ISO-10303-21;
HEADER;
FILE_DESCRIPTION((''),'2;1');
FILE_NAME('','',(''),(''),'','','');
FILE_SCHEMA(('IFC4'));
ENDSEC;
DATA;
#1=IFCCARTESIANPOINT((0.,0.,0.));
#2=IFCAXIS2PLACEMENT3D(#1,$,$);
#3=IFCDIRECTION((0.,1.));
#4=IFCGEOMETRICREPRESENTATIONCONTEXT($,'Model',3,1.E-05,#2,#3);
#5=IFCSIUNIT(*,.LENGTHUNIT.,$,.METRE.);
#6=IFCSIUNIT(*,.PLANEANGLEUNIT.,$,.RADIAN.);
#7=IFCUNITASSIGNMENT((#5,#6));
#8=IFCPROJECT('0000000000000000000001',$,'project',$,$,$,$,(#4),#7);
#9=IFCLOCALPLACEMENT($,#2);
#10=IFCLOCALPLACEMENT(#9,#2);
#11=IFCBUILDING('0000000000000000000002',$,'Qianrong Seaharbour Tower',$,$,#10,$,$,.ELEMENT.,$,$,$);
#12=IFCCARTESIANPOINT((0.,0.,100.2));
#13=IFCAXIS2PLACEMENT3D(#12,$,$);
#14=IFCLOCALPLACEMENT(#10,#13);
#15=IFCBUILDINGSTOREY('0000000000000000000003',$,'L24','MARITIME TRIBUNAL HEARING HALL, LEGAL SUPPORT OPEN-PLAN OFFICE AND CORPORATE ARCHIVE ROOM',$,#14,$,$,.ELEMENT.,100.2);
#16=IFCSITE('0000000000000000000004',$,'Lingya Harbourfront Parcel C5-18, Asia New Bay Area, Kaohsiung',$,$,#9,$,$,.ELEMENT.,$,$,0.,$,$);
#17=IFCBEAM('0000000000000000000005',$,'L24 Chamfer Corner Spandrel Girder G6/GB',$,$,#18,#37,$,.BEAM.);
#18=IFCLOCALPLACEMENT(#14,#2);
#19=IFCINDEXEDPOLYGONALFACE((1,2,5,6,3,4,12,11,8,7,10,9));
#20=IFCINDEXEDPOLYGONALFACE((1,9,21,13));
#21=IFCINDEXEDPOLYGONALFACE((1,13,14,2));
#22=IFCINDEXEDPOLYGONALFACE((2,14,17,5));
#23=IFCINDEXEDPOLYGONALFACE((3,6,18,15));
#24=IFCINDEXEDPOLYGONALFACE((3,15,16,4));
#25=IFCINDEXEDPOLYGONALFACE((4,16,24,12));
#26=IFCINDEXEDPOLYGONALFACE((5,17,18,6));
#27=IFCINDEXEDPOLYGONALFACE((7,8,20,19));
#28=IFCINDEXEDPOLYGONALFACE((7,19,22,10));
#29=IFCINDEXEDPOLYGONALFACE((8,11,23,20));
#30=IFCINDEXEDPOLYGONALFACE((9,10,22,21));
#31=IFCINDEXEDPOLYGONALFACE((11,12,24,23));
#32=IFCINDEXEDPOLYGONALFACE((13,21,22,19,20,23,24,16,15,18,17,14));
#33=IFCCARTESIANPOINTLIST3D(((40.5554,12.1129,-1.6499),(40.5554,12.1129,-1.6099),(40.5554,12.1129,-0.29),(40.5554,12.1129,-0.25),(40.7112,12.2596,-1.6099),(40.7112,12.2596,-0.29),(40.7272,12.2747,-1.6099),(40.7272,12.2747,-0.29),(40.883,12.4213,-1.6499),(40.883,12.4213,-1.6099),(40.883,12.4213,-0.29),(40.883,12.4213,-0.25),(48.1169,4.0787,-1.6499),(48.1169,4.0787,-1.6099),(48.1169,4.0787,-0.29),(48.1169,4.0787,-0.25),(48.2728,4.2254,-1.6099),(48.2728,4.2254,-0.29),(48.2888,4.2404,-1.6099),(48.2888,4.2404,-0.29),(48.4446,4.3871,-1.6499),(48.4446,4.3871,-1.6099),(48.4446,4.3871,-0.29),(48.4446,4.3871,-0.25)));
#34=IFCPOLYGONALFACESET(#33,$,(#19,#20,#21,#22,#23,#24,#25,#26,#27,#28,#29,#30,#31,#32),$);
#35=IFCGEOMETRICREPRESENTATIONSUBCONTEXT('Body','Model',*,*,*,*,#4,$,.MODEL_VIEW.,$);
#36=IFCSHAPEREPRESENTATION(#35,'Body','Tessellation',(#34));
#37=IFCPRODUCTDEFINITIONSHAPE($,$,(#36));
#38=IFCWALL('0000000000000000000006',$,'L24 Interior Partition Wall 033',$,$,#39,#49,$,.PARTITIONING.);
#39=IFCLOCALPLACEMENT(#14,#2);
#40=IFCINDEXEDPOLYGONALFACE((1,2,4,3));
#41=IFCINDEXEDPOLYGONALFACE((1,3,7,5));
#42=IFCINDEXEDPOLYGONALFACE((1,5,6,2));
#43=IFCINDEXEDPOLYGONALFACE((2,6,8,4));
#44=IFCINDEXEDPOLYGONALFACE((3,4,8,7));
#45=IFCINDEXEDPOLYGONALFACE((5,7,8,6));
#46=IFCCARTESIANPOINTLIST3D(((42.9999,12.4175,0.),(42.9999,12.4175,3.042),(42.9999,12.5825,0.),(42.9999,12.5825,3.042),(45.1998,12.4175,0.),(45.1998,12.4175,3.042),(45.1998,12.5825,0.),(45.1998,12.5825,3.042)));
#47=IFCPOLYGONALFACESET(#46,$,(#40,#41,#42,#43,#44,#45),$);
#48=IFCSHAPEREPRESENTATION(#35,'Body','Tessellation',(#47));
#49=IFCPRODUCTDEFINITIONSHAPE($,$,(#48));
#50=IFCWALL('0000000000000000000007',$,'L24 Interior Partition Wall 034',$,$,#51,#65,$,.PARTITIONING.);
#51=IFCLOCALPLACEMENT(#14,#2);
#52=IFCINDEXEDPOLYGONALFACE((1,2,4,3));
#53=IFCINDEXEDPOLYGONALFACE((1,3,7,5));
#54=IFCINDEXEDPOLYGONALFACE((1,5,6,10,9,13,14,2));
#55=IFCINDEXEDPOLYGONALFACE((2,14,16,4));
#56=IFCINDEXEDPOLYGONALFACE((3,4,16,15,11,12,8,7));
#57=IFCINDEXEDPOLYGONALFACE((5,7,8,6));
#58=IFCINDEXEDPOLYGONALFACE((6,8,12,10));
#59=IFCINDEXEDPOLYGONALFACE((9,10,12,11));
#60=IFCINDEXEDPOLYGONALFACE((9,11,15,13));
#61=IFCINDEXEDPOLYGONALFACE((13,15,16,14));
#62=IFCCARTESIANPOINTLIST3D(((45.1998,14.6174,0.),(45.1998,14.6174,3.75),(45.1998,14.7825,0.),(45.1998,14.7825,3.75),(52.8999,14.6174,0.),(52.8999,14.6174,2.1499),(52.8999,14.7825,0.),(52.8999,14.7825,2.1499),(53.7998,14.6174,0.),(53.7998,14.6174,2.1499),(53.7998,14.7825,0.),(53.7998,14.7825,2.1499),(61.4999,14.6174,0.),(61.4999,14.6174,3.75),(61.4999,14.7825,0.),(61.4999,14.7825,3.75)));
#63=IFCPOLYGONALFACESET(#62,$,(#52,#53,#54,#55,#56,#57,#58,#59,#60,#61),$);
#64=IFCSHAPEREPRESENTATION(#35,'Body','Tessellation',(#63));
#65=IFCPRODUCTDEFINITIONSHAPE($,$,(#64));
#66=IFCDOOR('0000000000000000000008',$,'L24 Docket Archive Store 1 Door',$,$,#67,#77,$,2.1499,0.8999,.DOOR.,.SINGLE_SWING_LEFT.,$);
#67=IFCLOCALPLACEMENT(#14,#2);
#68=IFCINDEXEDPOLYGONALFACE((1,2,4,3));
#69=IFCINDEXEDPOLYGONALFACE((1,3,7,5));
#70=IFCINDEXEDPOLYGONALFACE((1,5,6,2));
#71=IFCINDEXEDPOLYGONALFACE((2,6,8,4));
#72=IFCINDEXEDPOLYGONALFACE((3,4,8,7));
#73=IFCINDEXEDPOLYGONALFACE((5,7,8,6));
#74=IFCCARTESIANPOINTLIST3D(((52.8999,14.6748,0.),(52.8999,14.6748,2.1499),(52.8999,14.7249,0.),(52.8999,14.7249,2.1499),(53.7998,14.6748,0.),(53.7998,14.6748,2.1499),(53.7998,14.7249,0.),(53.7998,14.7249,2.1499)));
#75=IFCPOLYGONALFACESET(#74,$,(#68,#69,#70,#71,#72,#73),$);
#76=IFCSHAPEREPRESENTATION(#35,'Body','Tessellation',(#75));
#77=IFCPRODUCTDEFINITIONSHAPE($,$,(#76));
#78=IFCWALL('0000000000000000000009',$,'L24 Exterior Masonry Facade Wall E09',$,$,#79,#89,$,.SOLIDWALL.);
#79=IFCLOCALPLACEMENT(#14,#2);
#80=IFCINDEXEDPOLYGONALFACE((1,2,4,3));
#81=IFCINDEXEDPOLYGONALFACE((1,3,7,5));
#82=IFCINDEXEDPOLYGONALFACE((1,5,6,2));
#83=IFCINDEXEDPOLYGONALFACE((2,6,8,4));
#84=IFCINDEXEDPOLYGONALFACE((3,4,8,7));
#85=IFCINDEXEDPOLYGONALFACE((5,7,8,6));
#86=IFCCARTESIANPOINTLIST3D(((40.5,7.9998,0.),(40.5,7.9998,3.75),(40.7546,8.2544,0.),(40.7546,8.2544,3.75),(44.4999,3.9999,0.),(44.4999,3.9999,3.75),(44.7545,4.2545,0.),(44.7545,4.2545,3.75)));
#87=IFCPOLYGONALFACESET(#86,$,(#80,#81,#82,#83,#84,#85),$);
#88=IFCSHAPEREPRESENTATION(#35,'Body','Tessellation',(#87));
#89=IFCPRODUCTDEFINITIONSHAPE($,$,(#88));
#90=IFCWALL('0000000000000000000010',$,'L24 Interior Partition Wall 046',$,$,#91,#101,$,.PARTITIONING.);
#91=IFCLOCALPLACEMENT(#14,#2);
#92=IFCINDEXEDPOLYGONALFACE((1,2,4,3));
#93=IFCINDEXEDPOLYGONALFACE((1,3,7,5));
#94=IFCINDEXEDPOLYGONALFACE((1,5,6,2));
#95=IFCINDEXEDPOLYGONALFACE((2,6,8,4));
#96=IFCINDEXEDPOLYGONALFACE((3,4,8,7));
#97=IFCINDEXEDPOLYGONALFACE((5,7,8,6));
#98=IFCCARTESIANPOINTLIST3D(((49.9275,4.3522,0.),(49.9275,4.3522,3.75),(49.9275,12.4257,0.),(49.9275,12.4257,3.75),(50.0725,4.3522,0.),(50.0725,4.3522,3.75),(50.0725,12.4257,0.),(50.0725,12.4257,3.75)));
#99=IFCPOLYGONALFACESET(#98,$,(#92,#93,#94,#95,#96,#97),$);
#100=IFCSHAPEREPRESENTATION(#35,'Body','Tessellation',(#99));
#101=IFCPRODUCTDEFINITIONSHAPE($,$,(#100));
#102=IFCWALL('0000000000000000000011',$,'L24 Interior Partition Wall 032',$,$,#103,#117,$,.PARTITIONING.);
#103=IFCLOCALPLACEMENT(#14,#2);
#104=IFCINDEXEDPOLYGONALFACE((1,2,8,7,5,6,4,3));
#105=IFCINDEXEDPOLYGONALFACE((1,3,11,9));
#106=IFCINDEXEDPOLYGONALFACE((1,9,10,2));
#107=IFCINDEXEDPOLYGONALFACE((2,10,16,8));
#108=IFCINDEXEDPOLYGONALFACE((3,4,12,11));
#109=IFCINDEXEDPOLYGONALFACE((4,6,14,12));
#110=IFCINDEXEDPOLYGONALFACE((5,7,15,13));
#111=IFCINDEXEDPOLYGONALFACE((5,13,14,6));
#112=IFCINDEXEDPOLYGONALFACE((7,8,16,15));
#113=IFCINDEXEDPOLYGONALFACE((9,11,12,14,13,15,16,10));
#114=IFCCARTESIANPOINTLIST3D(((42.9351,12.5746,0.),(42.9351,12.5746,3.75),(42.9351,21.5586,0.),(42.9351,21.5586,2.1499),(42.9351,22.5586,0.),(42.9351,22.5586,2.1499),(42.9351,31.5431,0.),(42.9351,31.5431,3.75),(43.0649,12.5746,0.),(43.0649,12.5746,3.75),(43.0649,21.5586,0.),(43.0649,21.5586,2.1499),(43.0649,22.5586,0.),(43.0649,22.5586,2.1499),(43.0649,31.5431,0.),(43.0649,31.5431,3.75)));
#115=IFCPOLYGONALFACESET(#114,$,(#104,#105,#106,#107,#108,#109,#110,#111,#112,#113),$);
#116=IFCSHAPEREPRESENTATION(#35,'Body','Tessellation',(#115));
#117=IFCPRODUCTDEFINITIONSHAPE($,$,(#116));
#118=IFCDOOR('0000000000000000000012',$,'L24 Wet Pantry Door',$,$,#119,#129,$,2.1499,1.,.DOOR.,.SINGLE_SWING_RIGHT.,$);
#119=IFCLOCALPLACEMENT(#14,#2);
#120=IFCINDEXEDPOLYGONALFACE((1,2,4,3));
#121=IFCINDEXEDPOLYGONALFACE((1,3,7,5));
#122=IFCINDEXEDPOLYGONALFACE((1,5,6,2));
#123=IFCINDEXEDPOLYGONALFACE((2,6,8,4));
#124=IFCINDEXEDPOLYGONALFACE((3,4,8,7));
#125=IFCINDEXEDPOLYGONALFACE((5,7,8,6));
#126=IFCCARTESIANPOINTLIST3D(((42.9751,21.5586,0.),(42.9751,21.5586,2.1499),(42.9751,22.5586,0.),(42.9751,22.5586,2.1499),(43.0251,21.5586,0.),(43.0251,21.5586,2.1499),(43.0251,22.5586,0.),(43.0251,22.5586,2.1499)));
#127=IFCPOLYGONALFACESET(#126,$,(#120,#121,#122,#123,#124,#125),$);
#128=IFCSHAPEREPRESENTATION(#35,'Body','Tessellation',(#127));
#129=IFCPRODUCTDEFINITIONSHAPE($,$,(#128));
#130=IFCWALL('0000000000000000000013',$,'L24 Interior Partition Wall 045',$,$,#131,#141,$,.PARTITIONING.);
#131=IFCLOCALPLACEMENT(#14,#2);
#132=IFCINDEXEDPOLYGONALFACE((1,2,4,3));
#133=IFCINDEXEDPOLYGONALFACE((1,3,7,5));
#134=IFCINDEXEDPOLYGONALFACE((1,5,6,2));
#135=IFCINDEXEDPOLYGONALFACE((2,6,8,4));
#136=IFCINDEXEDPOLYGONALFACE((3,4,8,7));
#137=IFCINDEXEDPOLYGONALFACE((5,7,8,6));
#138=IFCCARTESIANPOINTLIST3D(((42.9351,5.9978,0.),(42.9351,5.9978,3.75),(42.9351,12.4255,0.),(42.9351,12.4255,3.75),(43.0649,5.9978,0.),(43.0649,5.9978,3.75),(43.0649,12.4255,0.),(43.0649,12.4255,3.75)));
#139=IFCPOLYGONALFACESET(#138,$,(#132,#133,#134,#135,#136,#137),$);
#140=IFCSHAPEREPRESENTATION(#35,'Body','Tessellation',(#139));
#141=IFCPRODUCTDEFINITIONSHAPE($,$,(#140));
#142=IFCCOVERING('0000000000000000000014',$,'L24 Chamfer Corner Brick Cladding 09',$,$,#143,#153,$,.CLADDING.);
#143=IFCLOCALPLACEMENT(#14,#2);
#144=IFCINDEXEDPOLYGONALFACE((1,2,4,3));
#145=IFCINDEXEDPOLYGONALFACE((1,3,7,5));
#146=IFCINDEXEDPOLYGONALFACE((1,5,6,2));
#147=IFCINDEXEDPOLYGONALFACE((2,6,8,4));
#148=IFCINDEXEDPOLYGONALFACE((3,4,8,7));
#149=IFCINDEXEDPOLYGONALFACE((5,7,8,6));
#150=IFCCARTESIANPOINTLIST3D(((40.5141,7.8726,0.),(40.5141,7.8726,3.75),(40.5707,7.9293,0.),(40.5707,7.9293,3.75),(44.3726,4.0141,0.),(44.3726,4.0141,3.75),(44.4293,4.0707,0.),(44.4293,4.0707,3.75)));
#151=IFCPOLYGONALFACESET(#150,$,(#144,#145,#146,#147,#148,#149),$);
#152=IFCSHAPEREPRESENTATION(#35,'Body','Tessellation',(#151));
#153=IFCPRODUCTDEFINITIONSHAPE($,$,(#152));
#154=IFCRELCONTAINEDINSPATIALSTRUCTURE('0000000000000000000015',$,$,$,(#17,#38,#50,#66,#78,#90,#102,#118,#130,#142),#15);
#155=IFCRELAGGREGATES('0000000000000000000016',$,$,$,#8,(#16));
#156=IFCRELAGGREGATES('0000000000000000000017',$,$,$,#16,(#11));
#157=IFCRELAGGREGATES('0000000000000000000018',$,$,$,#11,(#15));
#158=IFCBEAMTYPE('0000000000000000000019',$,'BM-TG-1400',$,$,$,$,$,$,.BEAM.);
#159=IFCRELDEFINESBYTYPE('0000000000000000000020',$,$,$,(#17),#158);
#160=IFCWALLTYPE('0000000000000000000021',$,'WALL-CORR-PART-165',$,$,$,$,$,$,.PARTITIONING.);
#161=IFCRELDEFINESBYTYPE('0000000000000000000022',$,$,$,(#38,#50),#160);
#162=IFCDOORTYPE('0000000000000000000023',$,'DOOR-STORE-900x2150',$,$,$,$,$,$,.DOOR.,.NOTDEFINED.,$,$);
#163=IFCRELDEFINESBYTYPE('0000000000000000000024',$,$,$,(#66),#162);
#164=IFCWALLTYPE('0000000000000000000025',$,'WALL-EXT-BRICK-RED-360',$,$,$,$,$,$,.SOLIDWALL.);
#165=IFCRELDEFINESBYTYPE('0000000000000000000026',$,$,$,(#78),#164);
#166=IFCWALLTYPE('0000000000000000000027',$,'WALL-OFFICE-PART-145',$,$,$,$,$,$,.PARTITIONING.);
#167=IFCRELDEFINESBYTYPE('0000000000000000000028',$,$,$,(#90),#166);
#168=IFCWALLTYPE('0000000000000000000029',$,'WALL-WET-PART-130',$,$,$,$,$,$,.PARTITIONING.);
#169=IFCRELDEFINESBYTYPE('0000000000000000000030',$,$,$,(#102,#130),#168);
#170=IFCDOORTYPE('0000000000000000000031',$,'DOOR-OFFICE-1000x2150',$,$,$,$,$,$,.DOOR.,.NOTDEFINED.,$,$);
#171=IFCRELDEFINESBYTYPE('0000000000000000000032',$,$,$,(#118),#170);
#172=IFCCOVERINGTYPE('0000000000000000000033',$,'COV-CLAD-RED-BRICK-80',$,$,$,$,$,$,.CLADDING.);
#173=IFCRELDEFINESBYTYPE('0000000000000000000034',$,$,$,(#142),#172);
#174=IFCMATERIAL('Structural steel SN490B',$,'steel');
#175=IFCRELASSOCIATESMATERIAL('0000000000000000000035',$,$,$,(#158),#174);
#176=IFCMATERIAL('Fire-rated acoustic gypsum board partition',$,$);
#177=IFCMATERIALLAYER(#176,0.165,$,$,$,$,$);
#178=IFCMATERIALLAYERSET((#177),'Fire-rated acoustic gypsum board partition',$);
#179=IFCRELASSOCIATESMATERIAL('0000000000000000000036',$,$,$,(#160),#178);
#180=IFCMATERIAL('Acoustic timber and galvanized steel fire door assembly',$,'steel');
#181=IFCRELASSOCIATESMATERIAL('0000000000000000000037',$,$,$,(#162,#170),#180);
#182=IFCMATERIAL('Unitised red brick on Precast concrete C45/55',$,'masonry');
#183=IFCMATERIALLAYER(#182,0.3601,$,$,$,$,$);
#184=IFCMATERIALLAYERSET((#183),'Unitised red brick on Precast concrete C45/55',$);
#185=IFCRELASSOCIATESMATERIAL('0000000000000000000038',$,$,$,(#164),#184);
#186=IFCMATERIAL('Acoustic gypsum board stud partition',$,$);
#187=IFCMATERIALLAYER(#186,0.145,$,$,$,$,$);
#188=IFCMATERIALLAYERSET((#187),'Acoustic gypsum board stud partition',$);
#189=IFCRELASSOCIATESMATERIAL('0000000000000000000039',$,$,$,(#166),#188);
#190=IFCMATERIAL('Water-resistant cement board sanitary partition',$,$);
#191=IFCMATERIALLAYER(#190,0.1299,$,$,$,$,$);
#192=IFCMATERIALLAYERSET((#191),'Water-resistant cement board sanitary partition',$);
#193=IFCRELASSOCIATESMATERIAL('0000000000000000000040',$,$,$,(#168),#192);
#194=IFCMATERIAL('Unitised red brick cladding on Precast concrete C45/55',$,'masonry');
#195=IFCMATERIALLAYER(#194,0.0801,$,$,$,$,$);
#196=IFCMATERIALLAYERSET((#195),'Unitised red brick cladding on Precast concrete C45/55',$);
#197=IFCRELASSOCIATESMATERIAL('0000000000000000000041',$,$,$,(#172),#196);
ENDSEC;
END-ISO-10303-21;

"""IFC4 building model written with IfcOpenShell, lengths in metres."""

from ifc_helpers import new_model, si_unit, direction, frame, frame_2d, origin, origin_2d, place, context, subcontext, project, spatial, rectangle, i_section, extrude, material, layer, layer_set, material_profile, profile_set, type_object, element, fill, save


model = new_model("IFC4")

# Units and contexts
model_context = context("Model", 3, precision=1e-05, world=origin(), true_north=direction((0.0, 1.0)))
body_context = subcontext(model_context, "Body", "Model", "MODEL_VIEW")
ifc_project = project(units=[si_unit("LENGTHUNIT", "METRE"), si_unit("PLANEANGLEUNIT", "RADIAN")], contexts=[model_context])

# Site, building, storey
site_placement = place(None, origin())
site = spatial("IfcSite", under=ifc_project, at=site_placement, Name="Lingya Harbourfront Parcel C5-18, Asia New Bay Area, Kaohsiung", CompositionType="ELEMENT", RefElevation=0.0)
building_placement = place(site_placement, origin())
building = spatial("IfcBuilding", under=site, at=building_placement, Name="Qianrong Seaharbour Tower", CompositionType="ELEMENT")
storey_placement = place(building_placement, frame((0.0, 0.0, 100.2)))
storey = spatial("IfcBuildingStorey", under=building, at=storey_placement, Name="L24", Description="MARITIME TRIBUNAL HEARING HALL, LEGAL SUPPORT OPEN-PLAN OFFICE AND CORPORATE ARCHIVE ROOM", CompositionType="ELEMENT", Elevation=100.2)

# Shared definitions
ifc_material_1 = material(Name="Structural steel SN490B", Category="steel")

# Beam
ifc_material_profile_1 = material_profile(ifc_material_1, i_section(OverallWidth=0.45, OverallDepth=1.3999, WebThickness=0.022, FlangeThickness=0.04, at=origin_2d()), Name="BH1400x450x22x40")
ifc_profile_set_1 = profile_set([ifc_material_profile_1], Name="Structural steel SN490B")
beam_type_1 = type_object("IfcBeamType", Name="BM-TG-1400", PredefinedType="BEAM", material=ifc_profile_set_1)
beam_1_placement = place(storey_placement, frame((48.2808, 4.2329, -0.95), z_axis=(-0.685362, 0.728203, 0.0), x_axis=(-0.728203, -0.685362, 0.0)))
element("IfcBeam", 1, at=beam_1_placement, inside=storey, type_object=beam_type_1, Name="L24 Chamfer Corner Spandrel Girder G6/GB", PredefinedType="BEAM", context=body_context, shape_type="SweptSolid", body=[
    extrude(i_section(OverallWidth=0.45, OverallDepth=1.3999, WebThickness=0.022, FlangeThickness=0.04, at=origin_2d()), origin(), (0.0, 0.0, 1.0), 11.033),
])

# Wall
ifc_material_2 = material(Name="Fire-rated acoustic gypsum board partition")
ifc_layer_1 = layer(ifc_material_2, 0.165)
ifc_layer_set_1 = layer_set([ifc_layer_1], Name="Fire-rated acoustic gypsum board partition")
wall_type_1 = type_object("IfcWallType", Name="WALL-CORR-PART-165", PredefinedType="PARTITIONING", material=ifc_layer_set_1)
wall_1_placement = place(storey_placement, frame((45.2, 12.5, 0.0), z_axis=(0.0, 0.0, 1.0), x_axis=(-1.0, 0.0, 0.0)))
element("IfcWall", 2, at=wall_1_placement, inside=storey, type_object=wall_type_1, Name="L24 Interior Partition Wall 033", PredefinedType="PARTITIONING", context=body_context, shape_type="SweptSolid", body=[
    extrude(rectangle(XDim=2.2, YDim=0.165, at=frame_2d((1.1001, 0.0))), origin(), (0.0, 0.0, 1.0), 3.042),
])

# Wall, opening, door
wall_2_placement = place(storey_placement, frame((45.2, 14.7, 0.0), z_axis=(0.0, 0.0, 1.0), x_axis=(1.0, 0.0, 0.0)))
wall_2 = element("IfcWall", 3, at=wall_2_placement, inside=storey, type_object=wall_type_1, Name="L24 Interior Partition Wall 034", PredefinedType="PARTITIONING", context=body_context, shape_type="SweptSolid", body=[
    extrude(rectangle(XDim=16.3, YDim=0.165, at=frame_2d((8.1499, 0.0))), origin(), (0.0, 0.0, 1.0), 3.75),
])
opening_1_placement = place(wall_2_placement, frame((7.7, 0.0, 0.0)))
opening_1 = element("IfcOpeningElement", 4, at=opening_1_placement, cuts=wall_2, PredefinedType="OPENING", context=body_context, shape_type="SweptSolid", body=[
    extrude(rectangle(XDim=0.8999, YDim=2.1499, at=frame_2d((0.45, 1.075))), frame((0.0, 0.0925, 0.0), z_axis=(0.0, -1.0, 0.0), x_axis=(1.0, 0.0, 0.0)), (0.0, 0.0, 1.0), 0.1851),
])
ifc_material_3 = material(Name="Acoustic timber and galvanized steel fire door assembly", Category="steel")
door_type_1 = type_object("IfcDoorType", Name="DOOR-STORE-900x2150", OperationType="NOTDEFINED", PredefinedType="DOOR", material=ifc_material_3)
door_1_placement = place(opening_1_placement, origin())
door_1 = element("IfcDoor", 5, at=door_1_placement, inside=storey, type_object=door_type_1, Name="L24 Docket Archive Store 1 Door", OperationType="SINGLE_SWING_LEFT", OverallHeight=2.1499, OverallWidth=0.8999, PredefinedType="DOOR", context=body_context, shape_type="SweptSolid", body=[
    extrude(rectangle(XDim=0.8999, YDim=2.1499, at=frame_2d((0.45, 1.075))), frame((0.0, 0.0249, 0.0), z_axis=(0.0, -1.0, 0.0), x_axis=(1.0, 0.0, 0.0)), (0.0, 0.0, 1.0), 0.05),
])
fill(opening_1, door_1)

# Walls
ifc_material_4 = material(Name="Unitised red brick on Precast concrete C45/55", Category="masonry")
ifc_layer_2 = layer(ifc_material_4, 0.3601)
ifc_layer_set_2 = layer_set([ifc_layer_2], Name="Unitised red brick on Precast concrete C45/55")
wall_type_2 = type_object("IfcWallType", Name="WALL-EXT-BRICK-RED-360", PredefinedType="SOLIDWALL", material=ifc_layer_set_2)
wall_3_placement = place(storey_placement, frame((44.6272, 4.1272, 0.0), z_axis=(0.0, 0.0, 1.0), x_axis=(-0.707107, 0.707107, 0.0)))
element("IfcWall", 6, at=wall_3_placement, inside=storey, type_object=wall_type_2, Name="L24 Exterior Masonry Facade Wall E09", PredefinedType="SOLIDWALL", context=body_context, shape_type="SweptSolid", body=[
    extrude(rectangle(XDim=5.6567, YDim=0.3601, at=frame_2d((2.8284, 0.0))), origin(), (0.0, 0.0, 1.0), 3.75),
])
ifc_material_5 = material(Name="Acoustic gypsum board stud partition")
ifc_layer_3 = layer(ifc_material_5, 0.145)
ifc_layer_set_3 = layer_set([ifc_layer_3], Name="Acoustic gypsum board stud partition")
wall_type_3 = type_object("IfcWallType", Name="WALL-OFFICE-PART-145", PredefinedType="PARTITIONING", material=ifc_layer_set_3)
wall_4_placement = place(storey_placement, frame((50.0, 12.4255, 0.0), z_axis=(0.0, 0.0, 1.0), x_axis=(0.0, -1.0, 0.0)))
element("IfcWall", 7, at=wall_4_placement, inside=storey, type_object=wall_type_3, Name="L24 Interior Partition Wall 046", PredefinedType="PARTITIONING", context=body_context, shape_type="SweptSolid", body=[
    extrude(rectangle(XDim=8.0735, YDim=0.145, at=frame_2d((4.0366, 0.0))), origin(), (0.0, 0.0, 1.0), 3.75),
])

# Wall, opening, door
ifc_material_6 = material(Name="Water-resistant cement board sanitary partition")
ifc_layer_4 = layer(ifc_material_6, 0.1299)
ifc_layer_set_4 = layer_set([ifc_layer_4], Name="Water-resistant cement board sanitary partition")
wall_type_4 = type_object("IfcWallType", Name="WALL-WET-PART-130", PredefinedType="PARTITIONING", material=ifc_layer_set_4)
wall_5_placement = place(storey_placement, frame((43.0, 12.5745, 0.0), z_axis=(0.0, 0.0, 1.0), x_axis=(0.0, 1.0, 0.0)))
wall_5 = element("IfcWall", 8, at=wall_5_placement, inside=storey, type_object=wall_type_4, Name="L24 Interior Partition Wall 032", PredefinedType="PARTITIONING", context=body_context, shape_type="SweptSolid", body=[
    extrude(rectangle(XDim=18.9685, YDim=0.1299, at=frame_2d((9.4844, 0.0))), origin(), (0.0, 0.0, 1.0), 3.75),
])
opening_2_placement = place(wall_5_placement, frame((8.9841, 0.0, 0.0)))
opening_2 = element("IfcOpeningElement", 9, at=opening_2_placement, cuts=wall_5, PredefinedType="OPENING", context=body_context, shape_type="SweptSolid", body=[
    extrude(rectangle(XDim=1.0, YDim=2.1499, at=frame_2d((0.5, 1.075))), frame((0.0, 0.075, 0.0), z_axis=(0.0, -1.0, 0.0), x_axis=(1.0, 0.0, 0.0)), (0.0, 0.0, 1.0), 0.1499),
])
door_type_2 = type_object("IfcDoorType", Name="DOOR-OFFICE-1000x2150", OperationType="NOTDEFINED", PredefinedType="DOOR", material=ifc_material_3)
door_2_placement = place(opening_2_placement, origin())
door_2 = element("IfcDoor", 10, at=door_2_placement, inside=storey, type_object=door_type_2, Name="L24 Wet Pantry Door", OperationType="SINGLE_SWING_RIGHT", OverallHeight=2.1499, OverallWidth=1.0, PredefinedType="DOOR", context=body_context, shape_type="SweptSolid", body=[
    extrude(rectangle(XDim=1.0, YDim=2.1499, at=frame_2d((0.5, 1.075))), frame((0.0, 0.0249, 0.0), z_axis=(0.0, -1.0, 0.0), x_axis=(1.0, 0.0, 0.0)), (0.0, 0.0, 1.0), 0.05),
])
fill(opening_2, door_2)

# Wall
wall_6_placement = place(storey_placement, frame((43.0, 12.4255, 0.0), z_axis=(0.0, 0.0, 1.0), x_axis=(0.0, -1.0, 0.0)))
element("IfcWall", 11, at=wall_6_placement, inside=storey, type_object=wall_type_4, Name="L24 Interior Partition Wall 045", PredefinedType="PARTITIONING", context=body_context, shape_type="SweptSolid", body=[
    extrude(rectangle(XDim=6.4277, YDim=0.1299, at=frame_2d((3.2139, 0.0))), origin(), (0.0, 0.0, 1.0), 3.75),
])

# Covering
ifc_material_7 = material(Name="Unitised red brick cladding on Precast concrete C45/55", Category="masonry")
ifc_layer_5 = layer(ifc_material_7, 0.0801)
ifc_layer_set_5 = layer_set([ifc_layer_5], Name="Unitised red brick cladding on Precast concrete C45/55")
covering_type = type_object("IfcCoveringType", Name="COV-CLAD-RED-BRICK-80", PredefinedType="CLADDING", material=ifc_layer_set_5)
covering_placement = place(storey_placement, frame((42.4717, 5.9717, 0.0), z_axis=(0.0, 0.0, 1.0), x_axis=(-0.707107, 0.707107, 0.0)))
element("IfcCovering", 12, at=covering_placement, inside=storey, type_object=covering_type, Name="L24 Chamfer Corner Brick Cladding 09", PredefinedType="CLADDING", context=body_context, shape_type="SweptSolid", body=[
    extrude(rectangle(XDim=5.4568, YDim=0.0801, at=origin_2d()), origin(), (0.0, 0.0, 1.0), 3.75),
])

save(model, "model.ifc")
